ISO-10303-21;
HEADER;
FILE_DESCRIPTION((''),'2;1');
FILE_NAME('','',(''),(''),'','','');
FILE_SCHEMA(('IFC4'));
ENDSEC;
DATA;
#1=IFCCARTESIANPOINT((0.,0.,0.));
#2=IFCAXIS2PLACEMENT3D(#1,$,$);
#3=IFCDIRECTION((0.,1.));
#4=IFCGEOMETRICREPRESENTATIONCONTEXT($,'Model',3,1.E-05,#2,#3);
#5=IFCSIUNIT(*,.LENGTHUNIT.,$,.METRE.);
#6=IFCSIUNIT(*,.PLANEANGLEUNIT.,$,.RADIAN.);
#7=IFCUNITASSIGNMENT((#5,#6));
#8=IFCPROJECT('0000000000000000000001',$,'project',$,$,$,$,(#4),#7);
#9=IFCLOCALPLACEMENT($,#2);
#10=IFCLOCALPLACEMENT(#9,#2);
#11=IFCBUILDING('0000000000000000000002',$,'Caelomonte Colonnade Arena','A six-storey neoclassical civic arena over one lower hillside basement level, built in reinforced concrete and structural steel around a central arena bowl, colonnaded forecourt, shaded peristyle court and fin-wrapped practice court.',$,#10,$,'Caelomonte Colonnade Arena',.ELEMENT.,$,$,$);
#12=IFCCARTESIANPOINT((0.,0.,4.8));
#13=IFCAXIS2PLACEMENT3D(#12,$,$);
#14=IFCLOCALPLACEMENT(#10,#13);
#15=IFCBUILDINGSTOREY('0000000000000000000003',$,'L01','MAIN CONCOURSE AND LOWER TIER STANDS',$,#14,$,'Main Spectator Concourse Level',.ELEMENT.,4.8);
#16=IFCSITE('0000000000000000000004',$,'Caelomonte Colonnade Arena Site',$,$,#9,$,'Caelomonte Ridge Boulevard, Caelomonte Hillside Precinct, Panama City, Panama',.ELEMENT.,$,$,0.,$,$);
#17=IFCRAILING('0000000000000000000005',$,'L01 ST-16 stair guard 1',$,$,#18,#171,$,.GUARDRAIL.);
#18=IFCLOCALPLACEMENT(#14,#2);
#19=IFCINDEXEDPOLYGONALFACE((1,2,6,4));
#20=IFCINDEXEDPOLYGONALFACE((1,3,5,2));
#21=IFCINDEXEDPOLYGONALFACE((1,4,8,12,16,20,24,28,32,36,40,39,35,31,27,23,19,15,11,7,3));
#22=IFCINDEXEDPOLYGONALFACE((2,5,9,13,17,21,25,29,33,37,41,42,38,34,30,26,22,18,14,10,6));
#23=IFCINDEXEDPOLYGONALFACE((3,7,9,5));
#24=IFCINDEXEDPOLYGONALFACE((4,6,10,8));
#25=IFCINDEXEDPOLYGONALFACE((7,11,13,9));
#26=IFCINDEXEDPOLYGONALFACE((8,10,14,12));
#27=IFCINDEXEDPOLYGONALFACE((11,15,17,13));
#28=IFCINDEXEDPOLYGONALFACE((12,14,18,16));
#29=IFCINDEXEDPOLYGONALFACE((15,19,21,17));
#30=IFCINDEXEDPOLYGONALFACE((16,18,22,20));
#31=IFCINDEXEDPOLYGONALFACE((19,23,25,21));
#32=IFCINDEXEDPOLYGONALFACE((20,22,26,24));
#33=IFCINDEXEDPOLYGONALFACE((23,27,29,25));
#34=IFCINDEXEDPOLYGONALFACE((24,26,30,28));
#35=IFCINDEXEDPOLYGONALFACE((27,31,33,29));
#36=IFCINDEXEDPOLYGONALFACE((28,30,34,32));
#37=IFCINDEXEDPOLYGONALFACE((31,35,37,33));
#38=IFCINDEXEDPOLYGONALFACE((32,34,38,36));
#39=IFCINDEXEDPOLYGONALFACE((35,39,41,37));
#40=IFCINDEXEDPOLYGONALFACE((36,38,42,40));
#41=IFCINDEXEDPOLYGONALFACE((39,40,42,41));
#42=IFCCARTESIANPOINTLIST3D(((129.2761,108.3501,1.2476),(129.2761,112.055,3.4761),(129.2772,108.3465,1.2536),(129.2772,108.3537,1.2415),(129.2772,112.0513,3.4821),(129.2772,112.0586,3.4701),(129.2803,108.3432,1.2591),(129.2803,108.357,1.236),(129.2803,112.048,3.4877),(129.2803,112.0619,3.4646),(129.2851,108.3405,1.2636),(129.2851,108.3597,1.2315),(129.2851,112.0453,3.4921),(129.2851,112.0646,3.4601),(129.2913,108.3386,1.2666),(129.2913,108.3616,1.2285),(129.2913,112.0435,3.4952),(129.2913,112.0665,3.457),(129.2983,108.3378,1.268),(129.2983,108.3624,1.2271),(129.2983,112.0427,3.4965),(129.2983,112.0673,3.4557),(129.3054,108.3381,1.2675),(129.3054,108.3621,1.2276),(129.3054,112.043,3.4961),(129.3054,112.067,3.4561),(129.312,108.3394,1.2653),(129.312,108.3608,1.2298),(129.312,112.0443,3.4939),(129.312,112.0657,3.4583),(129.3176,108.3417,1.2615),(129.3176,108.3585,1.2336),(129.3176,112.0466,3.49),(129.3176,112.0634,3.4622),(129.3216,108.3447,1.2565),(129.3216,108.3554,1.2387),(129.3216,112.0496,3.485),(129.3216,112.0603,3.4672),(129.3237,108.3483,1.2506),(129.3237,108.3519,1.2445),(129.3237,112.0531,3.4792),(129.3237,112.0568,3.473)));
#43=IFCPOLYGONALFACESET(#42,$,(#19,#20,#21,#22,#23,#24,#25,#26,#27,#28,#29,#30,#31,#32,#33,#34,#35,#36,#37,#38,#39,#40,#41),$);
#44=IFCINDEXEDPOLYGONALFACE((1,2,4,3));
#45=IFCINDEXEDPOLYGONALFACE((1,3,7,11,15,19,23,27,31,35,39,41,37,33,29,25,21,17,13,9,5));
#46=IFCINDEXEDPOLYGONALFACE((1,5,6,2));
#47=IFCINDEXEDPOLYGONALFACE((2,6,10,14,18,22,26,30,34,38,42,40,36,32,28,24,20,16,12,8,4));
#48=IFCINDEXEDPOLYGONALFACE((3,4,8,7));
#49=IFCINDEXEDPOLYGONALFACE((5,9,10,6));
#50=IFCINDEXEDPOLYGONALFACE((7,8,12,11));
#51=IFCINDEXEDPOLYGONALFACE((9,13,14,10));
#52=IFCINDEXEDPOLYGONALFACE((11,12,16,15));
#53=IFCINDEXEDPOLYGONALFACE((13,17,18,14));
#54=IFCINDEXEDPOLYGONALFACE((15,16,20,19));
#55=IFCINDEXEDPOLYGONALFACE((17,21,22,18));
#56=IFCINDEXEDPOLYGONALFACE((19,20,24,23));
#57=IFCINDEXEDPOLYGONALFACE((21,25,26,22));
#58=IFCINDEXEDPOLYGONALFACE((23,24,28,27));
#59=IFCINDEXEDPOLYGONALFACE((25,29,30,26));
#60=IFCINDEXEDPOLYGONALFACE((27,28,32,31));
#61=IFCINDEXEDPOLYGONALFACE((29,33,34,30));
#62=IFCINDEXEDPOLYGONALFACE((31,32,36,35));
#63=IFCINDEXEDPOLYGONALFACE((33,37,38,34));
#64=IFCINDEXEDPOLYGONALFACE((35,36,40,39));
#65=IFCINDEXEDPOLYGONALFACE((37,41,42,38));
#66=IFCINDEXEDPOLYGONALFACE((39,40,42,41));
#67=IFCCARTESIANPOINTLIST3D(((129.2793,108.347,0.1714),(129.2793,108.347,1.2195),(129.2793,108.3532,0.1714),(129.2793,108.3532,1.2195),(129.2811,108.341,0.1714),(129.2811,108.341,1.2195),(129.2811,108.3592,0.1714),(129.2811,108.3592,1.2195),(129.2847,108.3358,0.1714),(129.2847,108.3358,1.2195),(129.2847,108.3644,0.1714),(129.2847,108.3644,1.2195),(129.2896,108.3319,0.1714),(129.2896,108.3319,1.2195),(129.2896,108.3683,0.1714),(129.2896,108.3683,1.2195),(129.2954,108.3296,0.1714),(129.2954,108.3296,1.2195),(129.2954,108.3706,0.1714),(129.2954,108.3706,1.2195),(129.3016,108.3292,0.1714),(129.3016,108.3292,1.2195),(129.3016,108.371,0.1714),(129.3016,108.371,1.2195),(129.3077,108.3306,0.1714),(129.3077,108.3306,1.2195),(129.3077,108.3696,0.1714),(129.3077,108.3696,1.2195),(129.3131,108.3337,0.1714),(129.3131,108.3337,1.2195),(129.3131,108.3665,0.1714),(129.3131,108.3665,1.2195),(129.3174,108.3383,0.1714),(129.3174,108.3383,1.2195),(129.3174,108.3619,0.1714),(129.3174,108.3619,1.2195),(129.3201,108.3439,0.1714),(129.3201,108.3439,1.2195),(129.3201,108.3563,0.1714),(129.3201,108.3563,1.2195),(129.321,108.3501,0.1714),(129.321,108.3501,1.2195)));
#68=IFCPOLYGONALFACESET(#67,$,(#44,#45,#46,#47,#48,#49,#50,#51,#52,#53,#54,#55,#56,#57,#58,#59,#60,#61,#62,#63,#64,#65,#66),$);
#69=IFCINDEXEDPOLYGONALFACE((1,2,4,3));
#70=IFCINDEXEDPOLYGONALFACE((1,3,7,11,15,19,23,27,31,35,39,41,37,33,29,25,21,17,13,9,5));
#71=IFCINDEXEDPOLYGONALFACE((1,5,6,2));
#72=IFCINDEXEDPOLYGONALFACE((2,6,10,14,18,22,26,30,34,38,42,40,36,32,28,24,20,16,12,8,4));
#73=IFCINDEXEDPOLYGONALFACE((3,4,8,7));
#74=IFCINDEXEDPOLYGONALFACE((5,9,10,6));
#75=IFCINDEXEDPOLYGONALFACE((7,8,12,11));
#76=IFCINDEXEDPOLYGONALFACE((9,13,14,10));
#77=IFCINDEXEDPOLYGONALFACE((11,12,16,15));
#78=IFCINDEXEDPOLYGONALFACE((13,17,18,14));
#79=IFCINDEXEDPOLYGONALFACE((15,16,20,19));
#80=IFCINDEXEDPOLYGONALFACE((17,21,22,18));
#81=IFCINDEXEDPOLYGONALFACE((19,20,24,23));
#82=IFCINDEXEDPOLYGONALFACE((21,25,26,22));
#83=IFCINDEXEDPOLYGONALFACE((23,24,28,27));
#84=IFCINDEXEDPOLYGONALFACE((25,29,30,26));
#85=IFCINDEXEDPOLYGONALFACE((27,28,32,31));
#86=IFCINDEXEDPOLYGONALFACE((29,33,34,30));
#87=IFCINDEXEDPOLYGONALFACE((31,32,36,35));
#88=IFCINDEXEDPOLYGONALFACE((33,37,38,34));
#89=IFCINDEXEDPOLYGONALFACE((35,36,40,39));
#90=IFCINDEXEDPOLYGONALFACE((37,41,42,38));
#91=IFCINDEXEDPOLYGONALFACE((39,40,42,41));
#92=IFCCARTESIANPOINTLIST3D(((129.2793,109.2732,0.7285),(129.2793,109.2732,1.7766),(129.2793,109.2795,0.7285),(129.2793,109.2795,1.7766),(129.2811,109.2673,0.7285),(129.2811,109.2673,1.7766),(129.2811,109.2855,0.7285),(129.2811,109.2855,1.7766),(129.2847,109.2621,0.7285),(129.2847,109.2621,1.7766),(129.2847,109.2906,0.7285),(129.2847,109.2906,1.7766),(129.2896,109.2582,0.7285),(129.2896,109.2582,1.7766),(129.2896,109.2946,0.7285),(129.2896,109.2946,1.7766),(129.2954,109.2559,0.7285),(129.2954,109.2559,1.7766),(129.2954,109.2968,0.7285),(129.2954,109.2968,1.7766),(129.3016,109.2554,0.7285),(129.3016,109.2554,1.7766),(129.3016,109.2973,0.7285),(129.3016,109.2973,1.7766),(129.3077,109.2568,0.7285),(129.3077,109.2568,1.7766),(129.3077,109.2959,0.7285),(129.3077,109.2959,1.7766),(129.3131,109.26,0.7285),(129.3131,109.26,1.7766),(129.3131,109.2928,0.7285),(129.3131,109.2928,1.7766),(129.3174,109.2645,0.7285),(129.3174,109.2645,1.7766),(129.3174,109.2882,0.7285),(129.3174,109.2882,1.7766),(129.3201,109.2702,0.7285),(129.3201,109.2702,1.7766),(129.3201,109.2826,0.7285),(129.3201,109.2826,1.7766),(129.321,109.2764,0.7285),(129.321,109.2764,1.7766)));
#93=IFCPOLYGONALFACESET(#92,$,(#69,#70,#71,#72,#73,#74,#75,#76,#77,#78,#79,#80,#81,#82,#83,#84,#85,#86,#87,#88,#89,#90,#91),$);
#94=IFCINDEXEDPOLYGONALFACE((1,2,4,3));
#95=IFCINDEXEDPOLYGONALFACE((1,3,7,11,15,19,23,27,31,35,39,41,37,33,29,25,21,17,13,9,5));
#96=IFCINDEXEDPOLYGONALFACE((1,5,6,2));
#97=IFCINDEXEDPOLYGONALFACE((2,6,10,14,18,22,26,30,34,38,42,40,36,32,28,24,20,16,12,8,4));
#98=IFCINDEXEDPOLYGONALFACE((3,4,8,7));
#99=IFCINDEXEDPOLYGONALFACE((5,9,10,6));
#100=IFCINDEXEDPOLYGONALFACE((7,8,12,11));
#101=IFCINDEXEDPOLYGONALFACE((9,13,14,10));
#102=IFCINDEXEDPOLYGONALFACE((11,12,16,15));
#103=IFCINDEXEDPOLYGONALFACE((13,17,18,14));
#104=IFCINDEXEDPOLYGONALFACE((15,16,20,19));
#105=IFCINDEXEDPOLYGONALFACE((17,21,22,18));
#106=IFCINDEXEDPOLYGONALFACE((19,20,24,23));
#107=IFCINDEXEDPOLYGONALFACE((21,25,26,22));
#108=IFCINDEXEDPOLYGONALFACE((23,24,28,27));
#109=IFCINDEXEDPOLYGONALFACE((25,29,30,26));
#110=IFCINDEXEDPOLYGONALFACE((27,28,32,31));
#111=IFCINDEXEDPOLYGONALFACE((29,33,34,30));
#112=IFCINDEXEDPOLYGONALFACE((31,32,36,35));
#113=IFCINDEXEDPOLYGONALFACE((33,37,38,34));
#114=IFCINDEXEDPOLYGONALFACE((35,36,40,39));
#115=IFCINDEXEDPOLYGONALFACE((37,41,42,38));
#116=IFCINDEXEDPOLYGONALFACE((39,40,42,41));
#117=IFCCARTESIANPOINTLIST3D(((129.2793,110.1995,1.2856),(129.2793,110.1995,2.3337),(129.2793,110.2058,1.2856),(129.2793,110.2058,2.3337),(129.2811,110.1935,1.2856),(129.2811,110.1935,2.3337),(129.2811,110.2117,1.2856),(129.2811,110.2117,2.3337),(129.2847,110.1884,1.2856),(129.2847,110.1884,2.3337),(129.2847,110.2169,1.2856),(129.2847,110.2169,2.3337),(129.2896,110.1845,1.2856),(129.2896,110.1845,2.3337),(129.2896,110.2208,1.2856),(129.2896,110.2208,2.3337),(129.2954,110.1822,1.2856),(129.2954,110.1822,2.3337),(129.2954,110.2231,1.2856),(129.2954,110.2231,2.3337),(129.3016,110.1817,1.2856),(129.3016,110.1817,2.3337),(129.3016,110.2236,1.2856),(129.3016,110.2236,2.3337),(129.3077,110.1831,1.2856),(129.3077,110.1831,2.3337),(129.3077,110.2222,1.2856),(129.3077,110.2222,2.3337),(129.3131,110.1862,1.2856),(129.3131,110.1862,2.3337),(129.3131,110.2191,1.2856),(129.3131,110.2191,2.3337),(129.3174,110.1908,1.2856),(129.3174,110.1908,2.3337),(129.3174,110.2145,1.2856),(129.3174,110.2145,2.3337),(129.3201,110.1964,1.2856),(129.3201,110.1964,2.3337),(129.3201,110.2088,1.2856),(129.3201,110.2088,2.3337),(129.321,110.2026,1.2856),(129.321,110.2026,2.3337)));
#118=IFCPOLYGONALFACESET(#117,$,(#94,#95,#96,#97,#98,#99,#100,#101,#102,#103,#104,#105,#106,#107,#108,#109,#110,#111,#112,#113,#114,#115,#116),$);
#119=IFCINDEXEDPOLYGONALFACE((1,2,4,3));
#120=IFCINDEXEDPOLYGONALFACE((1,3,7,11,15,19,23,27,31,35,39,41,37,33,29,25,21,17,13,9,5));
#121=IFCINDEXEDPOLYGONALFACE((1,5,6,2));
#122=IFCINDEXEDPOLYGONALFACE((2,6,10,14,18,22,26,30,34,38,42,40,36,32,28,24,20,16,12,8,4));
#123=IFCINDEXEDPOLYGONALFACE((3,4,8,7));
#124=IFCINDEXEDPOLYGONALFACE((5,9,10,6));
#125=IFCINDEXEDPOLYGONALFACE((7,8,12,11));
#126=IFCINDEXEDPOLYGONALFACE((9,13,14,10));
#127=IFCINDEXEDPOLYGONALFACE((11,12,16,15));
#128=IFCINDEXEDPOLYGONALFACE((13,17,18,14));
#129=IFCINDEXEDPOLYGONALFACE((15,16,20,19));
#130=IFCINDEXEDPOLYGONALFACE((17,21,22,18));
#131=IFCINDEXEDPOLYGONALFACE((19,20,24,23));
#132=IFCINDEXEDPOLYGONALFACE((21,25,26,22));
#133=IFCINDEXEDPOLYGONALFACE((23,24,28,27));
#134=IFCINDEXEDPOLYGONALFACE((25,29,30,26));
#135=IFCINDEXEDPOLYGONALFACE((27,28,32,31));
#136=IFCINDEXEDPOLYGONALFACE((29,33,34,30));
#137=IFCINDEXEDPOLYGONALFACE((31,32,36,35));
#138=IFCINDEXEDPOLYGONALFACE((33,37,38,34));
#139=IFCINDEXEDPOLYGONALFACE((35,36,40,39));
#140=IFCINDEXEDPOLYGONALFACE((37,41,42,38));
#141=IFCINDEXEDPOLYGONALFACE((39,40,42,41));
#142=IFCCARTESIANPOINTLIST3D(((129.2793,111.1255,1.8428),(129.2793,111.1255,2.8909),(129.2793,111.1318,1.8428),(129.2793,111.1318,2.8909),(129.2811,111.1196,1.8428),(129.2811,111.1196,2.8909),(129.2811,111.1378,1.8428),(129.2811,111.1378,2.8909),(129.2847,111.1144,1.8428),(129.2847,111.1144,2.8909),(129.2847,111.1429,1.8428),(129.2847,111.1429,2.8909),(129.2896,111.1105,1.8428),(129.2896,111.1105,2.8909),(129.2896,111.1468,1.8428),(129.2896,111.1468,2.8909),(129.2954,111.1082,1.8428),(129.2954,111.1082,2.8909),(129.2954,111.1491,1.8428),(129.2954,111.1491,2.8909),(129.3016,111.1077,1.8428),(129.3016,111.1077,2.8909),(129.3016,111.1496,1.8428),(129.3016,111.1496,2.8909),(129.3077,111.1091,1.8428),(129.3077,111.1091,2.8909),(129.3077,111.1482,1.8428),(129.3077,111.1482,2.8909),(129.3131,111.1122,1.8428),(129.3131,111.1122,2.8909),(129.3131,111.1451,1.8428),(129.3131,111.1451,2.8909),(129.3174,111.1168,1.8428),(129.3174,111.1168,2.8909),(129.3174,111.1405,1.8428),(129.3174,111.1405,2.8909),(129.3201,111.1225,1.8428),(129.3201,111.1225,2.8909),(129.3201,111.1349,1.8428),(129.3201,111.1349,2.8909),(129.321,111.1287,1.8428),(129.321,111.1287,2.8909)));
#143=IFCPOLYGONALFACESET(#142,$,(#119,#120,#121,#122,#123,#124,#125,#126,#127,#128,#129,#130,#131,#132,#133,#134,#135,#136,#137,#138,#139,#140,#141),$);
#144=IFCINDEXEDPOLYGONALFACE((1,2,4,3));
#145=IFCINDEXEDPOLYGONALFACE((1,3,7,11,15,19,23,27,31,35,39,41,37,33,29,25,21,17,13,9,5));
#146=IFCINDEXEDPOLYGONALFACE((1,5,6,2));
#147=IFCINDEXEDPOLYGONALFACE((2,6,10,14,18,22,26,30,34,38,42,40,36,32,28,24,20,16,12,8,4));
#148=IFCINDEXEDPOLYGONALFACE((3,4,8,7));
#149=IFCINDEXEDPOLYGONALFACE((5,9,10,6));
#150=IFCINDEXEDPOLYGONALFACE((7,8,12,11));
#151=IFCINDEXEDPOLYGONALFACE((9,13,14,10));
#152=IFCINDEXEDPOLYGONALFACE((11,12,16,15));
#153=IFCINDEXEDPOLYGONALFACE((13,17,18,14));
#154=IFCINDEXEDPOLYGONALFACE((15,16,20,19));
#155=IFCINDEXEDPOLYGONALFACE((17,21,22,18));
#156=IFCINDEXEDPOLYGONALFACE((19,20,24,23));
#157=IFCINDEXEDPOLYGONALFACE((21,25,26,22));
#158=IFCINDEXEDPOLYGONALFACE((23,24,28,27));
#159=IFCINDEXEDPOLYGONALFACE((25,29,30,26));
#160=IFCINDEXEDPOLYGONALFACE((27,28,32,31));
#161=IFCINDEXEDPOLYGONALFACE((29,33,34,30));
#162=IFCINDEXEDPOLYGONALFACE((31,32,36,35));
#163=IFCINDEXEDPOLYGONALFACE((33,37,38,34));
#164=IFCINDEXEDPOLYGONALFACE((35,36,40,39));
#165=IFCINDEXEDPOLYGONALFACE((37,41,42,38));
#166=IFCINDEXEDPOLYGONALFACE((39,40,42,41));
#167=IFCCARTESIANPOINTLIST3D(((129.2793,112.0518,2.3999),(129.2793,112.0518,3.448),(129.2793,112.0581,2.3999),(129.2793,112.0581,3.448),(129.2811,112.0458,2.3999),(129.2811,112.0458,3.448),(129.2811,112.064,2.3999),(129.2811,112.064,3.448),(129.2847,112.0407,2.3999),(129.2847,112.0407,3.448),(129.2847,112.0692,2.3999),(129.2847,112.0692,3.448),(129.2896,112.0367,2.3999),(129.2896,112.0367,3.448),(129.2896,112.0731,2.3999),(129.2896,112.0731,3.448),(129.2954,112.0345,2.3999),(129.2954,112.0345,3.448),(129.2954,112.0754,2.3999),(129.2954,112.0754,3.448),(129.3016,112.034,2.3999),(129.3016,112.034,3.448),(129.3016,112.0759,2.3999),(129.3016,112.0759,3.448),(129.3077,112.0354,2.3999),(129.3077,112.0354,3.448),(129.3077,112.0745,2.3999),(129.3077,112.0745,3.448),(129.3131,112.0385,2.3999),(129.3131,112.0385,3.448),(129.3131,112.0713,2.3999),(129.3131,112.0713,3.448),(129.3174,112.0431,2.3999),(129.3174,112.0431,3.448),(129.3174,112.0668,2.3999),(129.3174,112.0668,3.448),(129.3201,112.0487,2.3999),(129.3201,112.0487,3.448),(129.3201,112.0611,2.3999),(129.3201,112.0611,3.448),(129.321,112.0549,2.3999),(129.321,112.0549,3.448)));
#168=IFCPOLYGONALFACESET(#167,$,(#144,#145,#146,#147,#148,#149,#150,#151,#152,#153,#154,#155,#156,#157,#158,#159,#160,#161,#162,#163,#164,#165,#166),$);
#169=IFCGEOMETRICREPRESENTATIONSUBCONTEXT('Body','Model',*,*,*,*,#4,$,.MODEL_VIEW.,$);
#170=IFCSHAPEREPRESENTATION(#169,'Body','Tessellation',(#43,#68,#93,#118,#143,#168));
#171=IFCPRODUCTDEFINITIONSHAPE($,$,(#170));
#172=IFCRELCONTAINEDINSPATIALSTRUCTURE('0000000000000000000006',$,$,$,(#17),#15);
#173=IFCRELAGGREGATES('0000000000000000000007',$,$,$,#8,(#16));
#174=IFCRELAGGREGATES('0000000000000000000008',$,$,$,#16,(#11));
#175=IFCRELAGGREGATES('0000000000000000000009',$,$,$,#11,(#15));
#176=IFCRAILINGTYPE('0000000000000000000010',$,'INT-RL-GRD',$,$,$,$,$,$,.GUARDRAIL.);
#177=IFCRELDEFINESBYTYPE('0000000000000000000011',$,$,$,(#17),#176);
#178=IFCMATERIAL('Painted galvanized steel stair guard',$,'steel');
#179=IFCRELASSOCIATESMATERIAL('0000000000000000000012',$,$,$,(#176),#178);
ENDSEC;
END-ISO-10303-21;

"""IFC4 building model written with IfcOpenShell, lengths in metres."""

from ifc_helpers import new_model, si_unit, direction, frame, origin, origin_2d, place, context, subcontext, project, spatial, circle, extrude, material, type_object, element, save


model = new_model("IFC4")

# Units and contexts
model_context = context("Model", 3, precision=1e-05, world=origin(), true_north=direction((0.0, 1.0)))
body_context = subcontext(model_context, "Body", "Model", "MODEL_VIEW")
ifc_project = project(units=[si_unit("LENGTHUNIT", "METRE"), si_unit("PLANEANGLEUNIT", "RADIAN")], contexts=[model_context])

# Site, building, storey
site_placement = place(None, origin())
site = spatial("IfcSite", under=ifc_project, at=site_placement, Name="Caelomonte Colonnade Arena Site", LongName="Caelomonte Ridge Boulevard, Caelomonte Hillside Precinct, Panama City, Panama", CompositionType="ELEMENT", RefElevation=0.0)
building_placement = place(site_placement, origin())
building = spatial("IfcBuilding", under=site, at=building_placement, Name="Caelomonte Colonnade Arena", Description="A six-storey neoclassical civic arena over one lower hillside basement level, built in reinforced concrete and structural steel around a central arena bowl, colonnaded forecourt, shaded peristyle court and fin-wrapped practice court.", LongName="Caelomonte Colonnade Arena", CompositionType="ELEMENT")
storey_placement = place(building_placement, frame((0.0, 0.0, 4.8)))
storey = spatial("IfcBuildingStorey", under=building, at=storey_placement, Name="L01", Description="MAIN CONCOURSE AND LOWER TIER STANDS", LongName="Main Spectator Concourse Level", CompositionType="ELEMENT", Elevation=4.8)

# Railing
ifc_material_1 = material(Name="Painted galvanized steel stair guard", Category="steel")
railing_type_1 = type_object("IfcRailingType", Name="INT-RL-GRD", PredefinedType="GUARDRAIL", material=ifc_material_1)
railing_1_placement = place(storey_placement, frame((129.3, 108.3501, 0.1714)))
element("IfcRailing", 1, at=railing_1_placement, inside=storey, type_object=railing_type_1, Name="L01 ST-16 stair guard 1", PredefinedType="GUARDRAIL", context=body_context, shape_type="SweptSolid", body=[
    extrude(circle(Radius=0.0239, at=origin_2d()), frame((0.0, 0.0, 1.0762), z_axis=(0.0, 0.856919, 0.51545), x_axis=(-1.0, 0.0, 0.0)), (0.0, 0.0, 1.0), 4.3235),
    extrude(circle(Radius=0.021, at=origin_2d()), origin(), (0.0, 0.0, 1.0), 1.0481),
    extrude(circle(Radius=0.021, at=origin_2d()), frame((0.0, 0.9263, 0.5571)), (0.0, 0.0, 1.0), 1.0481),
    extrude(circle(Radius=0.021, at=origin_2d()), frame((0.0, 1.8525, 1.1143)), (0.0, 0.0, 1.0), 1.0481),
    extrude(circle(Radius=0.021, at=origin_2d()), frame((0.0, 2.7786, 1.6714)), (0.0, 0.0, 1.0), 1.0481),
    extrude(circle(Radius=0.021, at=origin_2d()), frame((0.0, 3.7048, 2.2285)), (0.0, 0.0, 1.0), 1.0481),
])

save(model, "model.ifc")
